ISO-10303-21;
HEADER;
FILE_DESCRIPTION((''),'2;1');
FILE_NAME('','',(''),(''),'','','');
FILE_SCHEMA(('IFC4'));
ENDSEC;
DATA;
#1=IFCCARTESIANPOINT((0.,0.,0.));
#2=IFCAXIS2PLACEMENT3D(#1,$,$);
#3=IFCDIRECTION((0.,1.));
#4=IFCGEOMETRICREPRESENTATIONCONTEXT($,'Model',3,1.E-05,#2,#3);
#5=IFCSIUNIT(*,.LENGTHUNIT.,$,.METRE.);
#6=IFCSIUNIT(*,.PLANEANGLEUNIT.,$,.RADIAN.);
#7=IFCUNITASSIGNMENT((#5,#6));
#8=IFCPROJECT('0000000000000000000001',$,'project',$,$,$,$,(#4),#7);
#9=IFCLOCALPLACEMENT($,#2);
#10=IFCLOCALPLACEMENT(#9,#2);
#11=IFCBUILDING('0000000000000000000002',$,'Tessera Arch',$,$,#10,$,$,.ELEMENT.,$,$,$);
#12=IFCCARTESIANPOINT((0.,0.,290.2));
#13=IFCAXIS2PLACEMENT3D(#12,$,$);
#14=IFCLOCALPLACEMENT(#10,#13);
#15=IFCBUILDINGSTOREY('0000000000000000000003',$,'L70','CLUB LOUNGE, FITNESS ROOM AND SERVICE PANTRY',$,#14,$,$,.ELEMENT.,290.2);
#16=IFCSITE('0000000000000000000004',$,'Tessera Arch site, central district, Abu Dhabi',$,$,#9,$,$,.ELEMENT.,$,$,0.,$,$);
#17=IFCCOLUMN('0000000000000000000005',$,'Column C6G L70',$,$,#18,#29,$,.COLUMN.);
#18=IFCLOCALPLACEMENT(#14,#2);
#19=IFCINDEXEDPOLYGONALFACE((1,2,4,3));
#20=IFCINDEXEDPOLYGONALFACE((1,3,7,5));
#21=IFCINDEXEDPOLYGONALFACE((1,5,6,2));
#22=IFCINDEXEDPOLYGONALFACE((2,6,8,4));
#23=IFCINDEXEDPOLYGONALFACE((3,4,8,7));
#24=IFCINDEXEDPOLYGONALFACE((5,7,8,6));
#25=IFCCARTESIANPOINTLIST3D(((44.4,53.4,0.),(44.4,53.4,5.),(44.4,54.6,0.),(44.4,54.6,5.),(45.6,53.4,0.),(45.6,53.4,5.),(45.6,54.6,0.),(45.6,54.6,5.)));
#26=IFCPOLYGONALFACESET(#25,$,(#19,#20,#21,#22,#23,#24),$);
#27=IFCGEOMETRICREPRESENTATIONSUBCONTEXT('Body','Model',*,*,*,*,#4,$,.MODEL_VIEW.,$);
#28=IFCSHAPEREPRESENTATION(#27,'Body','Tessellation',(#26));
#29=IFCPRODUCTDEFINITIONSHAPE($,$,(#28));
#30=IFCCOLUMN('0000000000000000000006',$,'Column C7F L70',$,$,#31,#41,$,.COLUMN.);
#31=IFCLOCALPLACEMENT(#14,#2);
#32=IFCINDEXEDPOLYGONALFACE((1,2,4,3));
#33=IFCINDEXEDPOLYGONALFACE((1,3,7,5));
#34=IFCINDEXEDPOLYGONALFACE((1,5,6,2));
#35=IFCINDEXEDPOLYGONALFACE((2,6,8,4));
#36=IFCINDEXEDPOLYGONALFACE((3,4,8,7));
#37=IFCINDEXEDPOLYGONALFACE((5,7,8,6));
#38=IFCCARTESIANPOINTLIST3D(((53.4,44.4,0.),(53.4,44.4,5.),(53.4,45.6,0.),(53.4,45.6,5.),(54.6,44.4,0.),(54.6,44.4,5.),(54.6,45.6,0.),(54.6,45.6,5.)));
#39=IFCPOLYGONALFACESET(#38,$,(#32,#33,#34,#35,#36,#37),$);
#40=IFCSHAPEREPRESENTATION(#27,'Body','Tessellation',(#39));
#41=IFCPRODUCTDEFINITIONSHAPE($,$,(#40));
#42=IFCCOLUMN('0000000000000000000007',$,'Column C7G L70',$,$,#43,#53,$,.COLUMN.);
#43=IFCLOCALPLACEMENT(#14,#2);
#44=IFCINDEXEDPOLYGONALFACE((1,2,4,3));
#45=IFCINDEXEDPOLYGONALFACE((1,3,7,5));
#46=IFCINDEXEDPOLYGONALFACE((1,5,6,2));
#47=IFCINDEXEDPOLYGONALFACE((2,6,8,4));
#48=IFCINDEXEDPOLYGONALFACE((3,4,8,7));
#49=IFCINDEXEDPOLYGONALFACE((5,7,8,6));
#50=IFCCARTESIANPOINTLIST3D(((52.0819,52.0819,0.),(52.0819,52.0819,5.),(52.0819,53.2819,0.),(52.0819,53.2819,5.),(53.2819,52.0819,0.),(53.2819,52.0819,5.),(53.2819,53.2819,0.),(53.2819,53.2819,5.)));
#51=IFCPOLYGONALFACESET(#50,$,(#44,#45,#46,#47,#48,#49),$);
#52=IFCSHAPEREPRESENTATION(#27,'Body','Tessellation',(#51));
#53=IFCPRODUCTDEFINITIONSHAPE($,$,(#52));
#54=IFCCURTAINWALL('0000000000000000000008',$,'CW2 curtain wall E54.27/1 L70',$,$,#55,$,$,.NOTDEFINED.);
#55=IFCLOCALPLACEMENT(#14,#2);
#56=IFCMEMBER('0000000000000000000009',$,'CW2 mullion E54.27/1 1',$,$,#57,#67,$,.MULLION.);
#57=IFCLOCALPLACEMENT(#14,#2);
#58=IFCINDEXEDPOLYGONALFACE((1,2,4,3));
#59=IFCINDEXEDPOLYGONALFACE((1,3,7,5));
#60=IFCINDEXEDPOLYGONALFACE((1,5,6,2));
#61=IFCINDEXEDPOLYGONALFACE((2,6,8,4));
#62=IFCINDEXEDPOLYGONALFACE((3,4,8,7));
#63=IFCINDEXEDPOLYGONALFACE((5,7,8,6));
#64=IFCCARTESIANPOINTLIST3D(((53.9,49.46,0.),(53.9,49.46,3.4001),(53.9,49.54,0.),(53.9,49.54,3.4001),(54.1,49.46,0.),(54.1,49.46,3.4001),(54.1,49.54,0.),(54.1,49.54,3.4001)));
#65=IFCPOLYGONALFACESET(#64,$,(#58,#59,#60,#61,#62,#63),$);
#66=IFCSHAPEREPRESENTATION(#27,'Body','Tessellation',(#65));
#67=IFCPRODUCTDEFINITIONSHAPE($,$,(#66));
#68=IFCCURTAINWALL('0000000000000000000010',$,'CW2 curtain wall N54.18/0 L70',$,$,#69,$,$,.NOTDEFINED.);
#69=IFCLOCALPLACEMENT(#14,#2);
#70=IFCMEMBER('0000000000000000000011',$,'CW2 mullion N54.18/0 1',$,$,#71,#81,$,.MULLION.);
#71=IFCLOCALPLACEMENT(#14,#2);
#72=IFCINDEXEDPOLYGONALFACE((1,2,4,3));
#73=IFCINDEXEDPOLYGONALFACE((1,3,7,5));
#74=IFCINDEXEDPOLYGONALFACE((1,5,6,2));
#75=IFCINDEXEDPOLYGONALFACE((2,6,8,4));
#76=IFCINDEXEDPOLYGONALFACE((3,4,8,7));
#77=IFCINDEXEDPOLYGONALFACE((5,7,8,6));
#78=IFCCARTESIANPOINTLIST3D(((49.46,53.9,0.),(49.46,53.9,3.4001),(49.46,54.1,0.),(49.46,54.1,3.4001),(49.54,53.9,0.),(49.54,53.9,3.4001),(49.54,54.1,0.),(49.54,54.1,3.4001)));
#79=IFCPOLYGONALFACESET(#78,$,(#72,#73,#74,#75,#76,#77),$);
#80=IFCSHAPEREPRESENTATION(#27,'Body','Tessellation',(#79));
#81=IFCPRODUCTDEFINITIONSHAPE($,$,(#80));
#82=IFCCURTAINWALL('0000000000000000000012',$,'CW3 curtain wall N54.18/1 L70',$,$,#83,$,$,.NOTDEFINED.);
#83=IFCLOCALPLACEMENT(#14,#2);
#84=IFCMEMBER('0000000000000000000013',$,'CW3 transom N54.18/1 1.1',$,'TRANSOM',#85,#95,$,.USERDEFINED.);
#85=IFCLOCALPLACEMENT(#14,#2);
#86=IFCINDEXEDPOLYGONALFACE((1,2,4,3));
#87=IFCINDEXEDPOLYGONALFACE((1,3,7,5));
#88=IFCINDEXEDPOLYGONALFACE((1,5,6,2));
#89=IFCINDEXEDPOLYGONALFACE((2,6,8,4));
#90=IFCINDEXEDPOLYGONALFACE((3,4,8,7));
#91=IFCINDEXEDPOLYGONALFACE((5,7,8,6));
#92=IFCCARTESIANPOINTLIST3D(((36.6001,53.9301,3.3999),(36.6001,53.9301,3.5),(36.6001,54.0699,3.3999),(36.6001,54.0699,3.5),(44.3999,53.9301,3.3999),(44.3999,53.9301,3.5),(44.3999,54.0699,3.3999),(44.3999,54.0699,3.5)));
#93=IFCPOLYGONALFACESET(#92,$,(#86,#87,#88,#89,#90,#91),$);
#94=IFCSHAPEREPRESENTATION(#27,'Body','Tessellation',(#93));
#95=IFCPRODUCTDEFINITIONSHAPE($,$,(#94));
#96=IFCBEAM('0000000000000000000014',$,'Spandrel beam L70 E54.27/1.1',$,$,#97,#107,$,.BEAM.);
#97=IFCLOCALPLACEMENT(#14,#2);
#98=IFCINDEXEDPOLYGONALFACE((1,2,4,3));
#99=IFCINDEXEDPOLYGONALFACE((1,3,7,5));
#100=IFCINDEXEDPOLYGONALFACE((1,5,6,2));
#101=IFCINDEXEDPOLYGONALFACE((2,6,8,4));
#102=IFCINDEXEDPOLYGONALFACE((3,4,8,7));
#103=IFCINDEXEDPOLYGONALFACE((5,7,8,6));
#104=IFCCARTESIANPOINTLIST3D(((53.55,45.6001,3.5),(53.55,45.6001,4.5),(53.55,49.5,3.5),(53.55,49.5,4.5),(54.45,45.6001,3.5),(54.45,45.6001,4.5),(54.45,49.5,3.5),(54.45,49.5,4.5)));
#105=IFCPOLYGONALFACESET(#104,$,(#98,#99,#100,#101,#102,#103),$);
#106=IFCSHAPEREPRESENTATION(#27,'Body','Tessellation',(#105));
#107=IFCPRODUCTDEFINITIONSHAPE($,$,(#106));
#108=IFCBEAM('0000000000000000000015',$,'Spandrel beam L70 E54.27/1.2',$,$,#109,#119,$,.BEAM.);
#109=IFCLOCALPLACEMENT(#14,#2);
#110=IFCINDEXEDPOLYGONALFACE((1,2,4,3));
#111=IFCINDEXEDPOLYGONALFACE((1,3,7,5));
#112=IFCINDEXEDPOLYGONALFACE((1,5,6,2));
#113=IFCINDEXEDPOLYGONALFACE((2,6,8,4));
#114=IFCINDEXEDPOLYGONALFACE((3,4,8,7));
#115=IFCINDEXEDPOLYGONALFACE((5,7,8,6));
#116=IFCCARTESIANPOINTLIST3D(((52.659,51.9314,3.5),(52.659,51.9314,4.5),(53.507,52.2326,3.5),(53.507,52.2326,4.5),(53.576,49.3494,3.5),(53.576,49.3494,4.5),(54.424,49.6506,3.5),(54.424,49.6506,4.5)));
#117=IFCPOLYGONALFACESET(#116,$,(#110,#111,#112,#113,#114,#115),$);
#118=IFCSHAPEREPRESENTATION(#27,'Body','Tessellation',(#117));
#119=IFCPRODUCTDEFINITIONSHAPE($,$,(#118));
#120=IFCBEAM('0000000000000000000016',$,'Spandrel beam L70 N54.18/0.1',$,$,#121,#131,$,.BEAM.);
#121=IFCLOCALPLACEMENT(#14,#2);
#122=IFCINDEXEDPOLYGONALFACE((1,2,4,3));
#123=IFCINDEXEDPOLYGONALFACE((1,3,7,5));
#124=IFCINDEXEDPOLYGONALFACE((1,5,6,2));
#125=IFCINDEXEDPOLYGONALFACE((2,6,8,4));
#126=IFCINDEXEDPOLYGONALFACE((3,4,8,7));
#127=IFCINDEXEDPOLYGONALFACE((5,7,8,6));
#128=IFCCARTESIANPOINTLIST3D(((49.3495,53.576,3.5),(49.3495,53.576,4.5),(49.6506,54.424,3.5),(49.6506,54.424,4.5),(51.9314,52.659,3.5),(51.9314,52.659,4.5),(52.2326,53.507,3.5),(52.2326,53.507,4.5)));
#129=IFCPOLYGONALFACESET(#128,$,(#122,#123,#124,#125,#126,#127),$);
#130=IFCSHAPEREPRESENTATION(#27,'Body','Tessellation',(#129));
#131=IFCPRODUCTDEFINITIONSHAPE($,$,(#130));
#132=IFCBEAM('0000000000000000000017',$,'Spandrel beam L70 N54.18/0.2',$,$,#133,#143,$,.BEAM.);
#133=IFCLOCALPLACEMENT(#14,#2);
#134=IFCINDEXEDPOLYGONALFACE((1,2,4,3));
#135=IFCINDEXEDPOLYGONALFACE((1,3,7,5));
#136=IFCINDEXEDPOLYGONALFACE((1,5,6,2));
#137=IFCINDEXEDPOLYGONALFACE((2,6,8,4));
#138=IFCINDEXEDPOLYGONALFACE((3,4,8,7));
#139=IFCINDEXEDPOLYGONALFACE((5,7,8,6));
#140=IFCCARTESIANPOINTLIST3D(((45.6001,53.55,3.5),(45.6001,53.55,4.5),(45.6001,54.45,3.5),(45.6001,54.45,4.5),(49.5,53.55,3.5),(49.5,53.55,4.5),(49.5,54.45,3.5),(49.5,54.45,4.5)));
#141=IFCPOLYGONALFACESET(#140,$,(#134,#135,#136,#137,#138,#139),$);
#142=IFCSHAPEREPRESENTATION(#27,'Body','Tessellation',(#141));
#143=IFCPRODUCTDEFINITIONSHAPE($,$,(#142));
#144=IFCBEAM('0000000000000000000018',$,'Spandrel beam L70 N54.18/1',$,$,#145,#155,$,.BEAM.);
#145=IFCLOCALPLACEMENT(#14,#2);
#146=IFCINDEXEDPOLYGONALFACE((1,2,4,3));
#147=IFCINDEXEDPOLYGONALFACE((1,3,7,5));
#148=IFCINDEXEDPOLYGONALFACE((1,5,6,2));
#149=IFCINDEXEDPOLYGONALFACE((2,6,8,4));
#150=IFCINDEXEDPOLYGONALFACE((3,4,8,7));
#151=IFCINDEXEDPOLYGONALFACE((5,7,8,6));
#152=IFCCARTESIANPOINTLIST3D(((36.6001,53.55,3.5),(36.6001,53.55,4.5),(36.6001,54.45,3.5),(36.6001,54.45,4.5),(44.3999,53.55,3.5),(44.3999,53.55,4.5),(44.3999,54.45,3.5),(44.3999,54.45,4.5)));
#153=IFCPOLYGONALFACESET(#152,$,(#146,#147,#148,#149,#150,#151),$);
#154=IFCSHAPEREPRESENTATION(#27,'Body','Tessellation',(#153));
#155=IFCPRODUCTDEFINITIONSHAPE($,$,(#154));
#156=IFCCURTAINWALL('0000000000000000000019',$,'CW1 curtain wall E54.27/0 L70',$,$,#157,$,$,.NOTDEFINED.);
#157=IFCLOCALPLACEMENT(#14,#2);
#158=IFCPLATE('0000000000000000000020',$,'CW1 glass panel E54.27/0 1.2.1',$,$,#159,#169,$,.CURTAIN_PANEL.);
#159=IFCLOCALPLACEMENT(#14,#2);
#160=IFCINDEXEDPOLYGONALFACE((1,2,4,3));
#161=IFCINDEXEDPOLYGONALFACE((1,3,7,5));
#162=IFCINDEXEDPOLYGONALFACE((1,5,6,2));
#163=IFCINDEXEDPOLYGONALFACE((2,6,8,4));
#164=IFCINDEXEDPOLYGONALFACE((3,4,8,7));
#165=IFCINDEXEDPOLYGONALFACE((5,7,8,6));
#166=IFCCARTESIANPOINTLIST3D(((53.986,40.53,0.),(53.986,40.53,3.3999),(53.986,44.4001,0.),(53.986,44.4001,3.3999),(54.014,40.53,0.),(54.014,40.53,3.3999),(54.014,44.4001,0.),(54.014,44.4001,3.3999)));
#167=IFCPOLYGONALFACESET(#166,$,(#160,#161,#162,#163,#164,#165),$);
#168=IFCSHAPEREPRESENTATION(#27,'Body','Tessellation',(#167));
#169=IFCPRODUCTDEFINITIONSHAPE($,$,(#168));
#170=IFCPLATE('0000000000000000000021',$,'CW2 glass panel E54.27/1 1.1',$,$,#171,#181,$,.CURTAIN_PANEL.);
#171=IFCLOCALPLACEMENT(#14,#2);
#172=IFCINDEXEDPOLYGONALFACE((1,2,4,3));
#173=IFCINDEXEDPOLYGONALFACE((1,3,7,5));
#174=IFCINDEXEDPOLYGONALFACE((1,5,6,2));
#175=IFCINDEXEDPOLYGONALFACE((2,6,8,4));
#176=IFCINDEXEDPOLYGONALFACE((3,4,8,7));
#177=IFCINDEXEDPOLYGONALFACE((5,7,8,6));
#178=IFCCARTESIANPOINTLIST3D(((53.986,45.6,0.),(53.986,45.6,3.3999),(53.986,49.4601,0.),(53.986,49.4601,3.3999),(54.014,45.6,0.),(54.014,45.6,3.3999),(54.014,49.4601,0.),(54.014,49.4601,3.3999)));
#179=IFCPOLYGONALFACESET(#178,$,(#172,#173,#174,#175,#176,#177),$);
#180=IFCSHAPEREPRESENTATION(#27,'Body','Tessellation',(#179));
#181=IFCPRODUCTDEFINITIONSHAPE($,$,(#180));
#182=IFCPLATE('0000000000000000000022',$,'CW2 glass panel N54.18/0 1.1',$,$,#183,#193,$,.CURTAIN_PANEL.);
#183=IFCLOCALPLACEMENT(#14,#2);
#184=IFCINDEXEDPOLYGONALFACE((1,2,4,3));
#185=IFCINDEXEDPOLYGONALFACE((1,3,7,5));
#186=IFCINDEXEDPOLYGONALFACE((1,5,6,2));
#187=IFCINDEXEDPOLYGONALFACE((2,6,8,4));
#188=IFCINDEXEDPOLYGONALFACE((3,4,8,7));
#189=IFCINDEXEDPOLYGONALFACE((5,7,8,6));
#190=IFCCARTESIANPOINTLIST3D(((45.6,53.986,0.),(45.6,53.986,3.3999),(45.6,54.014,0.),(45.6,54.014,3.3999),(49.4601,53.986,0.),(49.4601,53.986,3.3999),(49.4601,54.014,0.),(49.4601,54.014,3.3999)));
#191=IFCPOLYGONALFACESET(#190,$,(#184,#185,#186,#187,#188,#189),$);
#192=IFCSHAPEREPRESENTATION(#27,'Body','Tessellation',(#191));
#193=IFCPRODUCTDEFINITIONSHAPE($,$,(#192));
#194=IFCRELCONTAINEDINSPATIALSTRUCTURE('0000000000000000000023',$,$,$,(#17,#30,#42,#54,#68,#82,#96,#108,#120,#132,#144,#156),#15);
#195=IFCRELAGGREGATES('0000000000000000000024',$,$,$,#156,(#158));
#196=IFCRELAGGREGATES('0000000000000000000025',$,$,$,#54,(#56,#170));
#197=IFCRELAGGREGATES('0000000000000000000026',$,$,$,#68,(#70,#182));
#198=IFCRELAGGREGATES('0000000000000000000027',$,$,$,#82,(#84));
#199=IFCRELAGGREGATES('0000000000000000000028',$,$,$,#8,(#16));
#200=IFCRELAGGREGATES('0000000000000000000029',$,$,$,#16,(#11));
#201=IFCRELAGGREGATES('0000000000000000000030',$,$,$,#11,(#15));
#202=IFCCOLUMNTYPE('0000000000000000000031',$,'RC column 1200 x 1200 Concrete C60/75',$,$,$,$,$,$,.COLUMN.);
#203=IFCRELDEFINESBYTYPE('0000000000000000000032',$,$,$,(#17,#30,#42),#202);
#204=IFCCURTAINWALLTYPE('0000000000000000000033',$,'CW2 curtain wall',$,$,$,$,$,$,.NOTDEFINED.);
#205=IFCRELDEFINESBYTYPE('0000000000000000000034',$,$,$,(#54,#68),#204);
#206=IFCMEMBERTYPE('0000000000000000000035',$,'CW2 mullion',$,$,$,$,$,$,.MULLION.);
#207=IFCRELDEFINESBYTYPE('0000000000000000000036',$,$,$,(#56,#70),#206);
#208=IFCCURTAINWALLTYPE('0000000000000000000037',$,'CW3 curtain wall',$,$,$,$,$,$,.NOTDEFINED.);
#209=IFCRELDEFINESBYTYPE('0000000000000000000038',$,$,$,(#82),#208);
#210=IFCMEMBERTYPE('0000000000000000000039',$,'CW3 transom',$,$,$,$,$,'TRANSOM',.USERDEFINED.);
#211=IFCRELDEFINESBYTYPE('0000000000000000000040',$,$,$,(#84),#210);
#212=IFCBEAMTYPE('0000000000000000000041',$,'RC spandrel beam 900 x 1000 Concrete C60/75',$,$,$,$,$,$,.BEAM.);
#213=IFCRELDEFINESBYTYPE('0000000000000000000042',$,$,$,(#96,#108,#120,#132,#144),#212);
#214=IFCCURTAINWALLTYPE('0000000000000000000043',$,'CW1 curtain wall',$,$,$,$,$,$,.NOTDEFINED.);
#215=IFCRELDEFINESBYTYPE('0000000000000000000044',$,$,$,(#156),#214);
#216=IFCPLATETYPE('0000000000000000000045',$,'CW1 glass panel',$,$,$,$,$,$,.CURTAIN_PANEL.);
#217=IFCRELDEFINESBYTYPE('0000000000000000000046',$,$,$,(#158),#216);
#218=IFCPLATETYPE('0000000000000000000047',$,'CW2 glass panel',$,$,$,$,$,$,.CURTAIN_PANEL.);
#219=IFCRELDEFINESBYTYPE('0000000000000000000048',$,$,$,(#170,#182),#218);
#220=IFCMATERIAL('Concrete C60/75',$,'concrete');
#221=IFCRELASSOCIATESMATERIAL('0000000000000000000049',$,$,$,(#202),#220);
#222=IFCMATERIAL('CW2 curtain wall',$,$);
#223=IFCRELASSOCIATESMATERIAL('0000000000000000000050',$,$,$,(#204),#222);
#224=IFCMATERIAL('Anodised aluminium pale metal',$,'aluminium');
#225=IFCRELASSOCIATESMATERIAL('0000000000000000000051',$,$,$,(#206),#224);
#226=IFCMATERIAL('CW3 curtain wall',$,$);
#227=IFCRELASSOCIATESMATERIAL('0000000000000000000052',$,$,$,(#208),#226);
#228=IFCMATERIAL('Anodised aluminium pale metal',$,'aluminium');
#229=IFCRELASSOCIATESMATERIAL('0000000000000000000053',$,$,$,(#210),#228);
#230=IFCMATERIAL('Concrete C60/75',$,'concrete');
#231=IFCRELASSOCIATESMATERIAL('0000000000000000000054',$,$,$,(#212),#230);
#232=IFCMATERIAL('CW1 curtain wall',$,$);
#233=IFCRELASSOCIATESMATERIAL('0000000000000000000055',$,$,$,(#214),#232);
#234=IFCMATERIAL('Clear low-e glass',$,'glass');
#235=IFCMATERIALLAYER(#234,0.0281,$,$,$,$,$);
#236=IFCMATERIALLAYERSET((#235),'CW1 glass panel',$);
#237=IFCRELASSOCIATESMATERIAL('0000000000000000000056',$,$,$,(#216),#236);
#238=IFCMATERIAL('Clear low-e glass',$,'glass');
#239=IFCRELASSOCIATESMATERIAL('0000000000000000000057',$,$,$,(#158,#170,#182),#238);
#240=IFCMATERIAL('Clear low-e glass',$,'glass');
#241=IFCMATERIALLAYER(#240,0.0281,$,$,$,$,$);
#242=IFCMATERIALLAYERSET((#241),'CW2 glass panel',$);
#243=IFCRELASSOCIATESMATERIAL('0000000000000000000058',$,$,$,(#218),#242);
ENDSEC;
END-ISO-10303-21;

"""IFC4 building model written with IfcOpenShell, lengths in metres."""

from ifc_helpers import new_model, si_unit, direction, frame, origin, origin_2d, place, context, subcontext, project, spatial, rectangle, extrude, material, layer, layer_set, material_profile, profile_set, type_object, element, aggregate, save


model = new_model("IFC4")

# Units and contexts
model_context = context("Model", 3, precision=1e-05, world=origin(), true_north=direction((0.0, 1.0)))
body_context = subcontext(model_context, "Body", "Model", "MODEL_VIEW")
ifc_project = project(units=[si_unit("LENGTHUNIT", "METRE"), si_unit("PLANEANGLEUNIT", "RADIAN")], contexts=[model_context])

# Site, building, storey
site_placement = place(None, origin())
site = spatial("IfcSite", under=ifc_project, at=site_placement, Name="Tessera Arch site, central district, Abu Dhabi", CompositionType="ELEMENT", RefElevation=0.0)
building_placement = place(site_placement, origin())
building = spatial("IfcBuilding", under=site, at=building_placement, Name="Tessera Arch", CompositionType="ELEMENT")
storey_placement = place(building_placement, frame((0.0, 0.0, 290.2)))
storey = spatial("IfcBuildingStorey", under=building, at=storey_placement, Name="L70", Description="CLUB LOUNGE, FITNESS ROOM AND SERVICE PANTRY", CompositionType="ELEMENT", Elevation=290.2)

# Columns
ifc_material_1 = material(Name="Concrete C60/75", Category="concrete")
ifc_material_profile_1 = material_profile(ifc_material_1, rectangle(XDim=1.2, YDim=1.2, at=origin_2d()), Name="RC column 1200 x 1200 Concrete C60/75")
ifc_profile_set_1 = profile_set([ifc_material_profile_1], Name="Concrete C60/75")
column_type = type_object("IfcColumnType", Name="RC column 1200 x 1200 Concrete C60/75", PredefinedType="COLUMN", material=ifc_profile_set_1)
for number, where, z_axis, x_axis, name in (
    (1, (45.0, 54.0, 0.0), (0.0, 0.0, 1.0), (1.0, 0.0, 0.0), "Column C6G L70"),
    (2, (54.0, 45.0, 0.0), (0.0, 0.0, 1.0), (1.0, 0.0, 0.0), "Column C7F L70"),
    (3, (52.6819, 52.6819, 0.0), (0.0, 0.0, 1.0), (1.0, 0.0, 0.0), "Column C7G L70"),
):
    element("IfcColumn", number, at=place(storey_placement, frame(where, z_axis=z_axis, x_axis=x_axis)), inside=storey, type_object=column_type, Name=name, PredefinedType="COLUMN", context=body_context, shape_type="SweptSolid", body=[
        extrude(rectangle(XDim=1.2, YDim=1.2, at=origin_2d()), origin(), (0.0, 0.0, 1.0), 5.0),
    ])

# Curtain walls, members
ifc_material_2 = material(Name="CW2 curtain wall")
curtain_wall_type_1 = type_object("IfcCurtainWallType", Name="CW2 curtain wall", PredefinedType="NOTDEFINED", material=ifc_material_2)
curtain_wall_1_placement = place(storey_placement, origin())
curtain_wall_1 = element("IfcCurtainWall", 4, at=curtain_wall_1_placement, inside=storey, type_object=curtain_wall_type_1, Name="CW2 curtain wall E54.27/1 L70", PredefinedType="NOTDEFINED")
ifc_material_3 = material(Name="Anodised aluminium pale metal", Category="aluminium")
ifc_material_profile_2 = material_profile(ifc_material_3, rectangle(XDim=0.2, YDim=0.0801, at=origin_2d()), Name="AL 80x200")
ifc_profile_set_2 = profile_set([ifc_material_profile_2], Name="Anodised aluminium pale metal")
member_type_1 = type_object("IfcMemberType", Name="CW2 mullion", PredefinedType="MULLION", material=ifc_profile_set_2)
member_1_placement = place(storey_placement, frame((54.0, 49.5, 0.0), z_axis=(0.0, 0.0, 1.0), x_axis=(-1.0, 0.0, 0.0)))
member_1 = element("IfcMember", 5, at=member_1_placement, type_object=member_type_1, Name="CW2 mullion E54.27/1 1", PredefinedType="MULLION", context=body_context, shape_type="SweptSolid", body=[
    extrude(rectangle(XDim=0.2, YDim=0.0801, at=origin_2d()), origin(), (0.0, 0.0, 1.0), 3.4001),
])
curtain_wall_2_placement = place(storey_placement, origin())
curtain_wall_2 = element("IfcCurtainWall", 6, at=curtain_wall_2_placement, inside=storey, type_object=curtain_wall_type_1, Name="CW2 curtain wall N54.18/0 L70", PredefinedType="NOTDEFINED")
member_2_placement = place(storey_placement, frame((49.5, 54.0, 0.0), z_axis=(0.0, 0.0, 1.0), x_axis=(0.0, -1.0, 0.0)))
member_2 = element("IfcMember", 7, at=member_2_placement, type_object=member_type_1, Name="CW2 mullion N54.18/0 1", PredefinedType="MULLION", context=body_context, shape_type="SweptSolid", body=[
    extrude(rectangle(XDim=0.2, YDim=0.0801, at=origin_2d()), origin(), (0.0, 0.0, 1.0), 3.4001),
])
ifc_material_4 = material(Name="CW3 curtain wall")
curtain_wall_type_2 = type_object("IfcCurtainWallType", Name="CW3 curtain wall", PredefinedType="NOTDEFINED", material=ifc_material_4)
curtain_wall_3_placement = place(storey_placement, origin())
curtain_wall_3 = element("IfcCurtainWall", 8, at=curtain_wall_3_placement, inside=storey, type_object=curtain_wall_type_2, Name="CW3 curtain wall N54.18/1 L70", PredefinedType="NOTDEFINED")
ifc_material_5 = material(Name="Anodised aluminium pale metal", Category="aluminium")
ifc_material_profile_3 = material_profile(ifc_material_5, rectangle(XDim=0.1399, YDim=0.1001, at=origin_2d()), Name="AL 140x100")
ifc_profile_set_3 = profile_set([ifc_material_profile_3], Name="Anodised aluminium pale metal")
member_type_2 = type_object("IfcMemberType", Name="CW3 transom", ElementType="TRANSOM", PredefinedType="USERDEFINED", material=ifc_profile_set_3)
member_3_placement = place(storey_placement, frame((44.3999, 54.0, 3.45), z_axis=(-1.0, 0.0, 0.0), x_axis=(0.0, -1.0, 0.0)))
member_3 = element("IfcMember", 9, at=member_3_placement, type_object=member_type_2, Name="CW3 transom N54.18/1 1.1", ObjectType="TRANSOM", PredefinedType="USERDEFINED", context=body_context, shape_type="SweptSolid", body=[
    extrude(rectangle(XDim=0.1399, YDim=0.1001, at=origin_2d()), origin(), (0.0, 0.0, 1.0), 7.7998),
])

# Beams
ifc_material_6 = material(Name="Concrete C60/75", Category="concrete")
ifc_material_profile_4 = material_profile(ifc_material_6, rectangle(XDim=0.8999, YDim=1.0, at=origin_2d()), Name="RC spandrel beam 900 x 1000 Concrete C60/75")
ifc_profile_set_4 = profile_set([ifc_material_profile_4], Name="Concrete C60/75")
beam_type = type_object("IfcBeamType", Name="RC spandrel beam 900 x 1000 Concrete C60/75", PredefinedType="BEAM", material=ifc_profile_set_4)
beam_1_placement = place(storey_placement, frame((54.0, 45.6001, 4.0), z_axis=(0.0, 1.0, 0.0), x_axis=(-1.0, 0.0, 0.0)))
element("IfcBeam", 10, at=beam_1_placement, inside=storey, type_object=beam_type, Name="Spandrel beam L70 E54.27/1.1", PredefinedType="BEAM", context=body_context, shape_type="SweptSolid", body=[
    extrude(rectangle(XDim=0.8999, YDim=1.0, at=origin_2d()), origin(), (0.0, 0.0, 1.0), 3.8999),
])
for number, where, z_axis, x_axis, name in (
    (11, (54.0, 49.5, 4.0), (-0.334665, 0.942337, 0.0), (-0.942337, -0.334665, 0.0), "Spandrel beam L70 E54.27/1.2"),
    (12, (52.082, 53.083, 4.0), (-0.942337, 0.334665, 0.0), (-0.334665, -0.942337, 0.0), "Spandrel beam L70 N54.18/0.1"),
):
    element("IfcBeam", number, at=place(storey_placement, frame(where, z_axis=z_axis, x_axis=x_axis)), inside=storey, type_object=beam_type, Name=name, PredefinedType="BEAM", context=body_context, shape_type="SweptSolid", body=[
        extrude(rectangle(XDim=0.8999, YDim=1.0, at=origin_2d()), origin(), (0.0, 0.0, 1.0), 2.74),
    ])
beam_2_placement = place(storey_placement, frame((49.5, 54.0, 4.0), z_axis=(-1.0, 0.0, 0.0), x_axis=(0.0, -1.0, 0.0)))
element("IfcBeam", 13, at=beam_2_placement, inside=storey, type_object=beam_type, Name="Spandrel beam L70 N54.18/0.2", PredefinedType="BEAM", context=body_context, shape_type="SweptSolid", body=[
    extrude(rectangle(XDim=0.8999, YDim=1.0, at=origin_2d()), origin(), (0.0, 0.0, 1.0), 3.8999),
])
beam_3_placement = place(storey_placement, frame((44.3999, 54.0, 4.0), z_axis=(-1.0, 0.0, 0.0), x_axis=(0.0, -1.0, 0.0)))
element("IfcBeam", 14, at=beam_3_placement, inside=storey, type_object=beam_type, Name="Spandrel beam L70 N54.18/1", PredefinedType="BEAM", context=body_context, shape_type="SweptSolid", body=[
    extrude(rectangle(XDim=0.8999, YDim=1.0, at=origin_2d()), origin(), (0.0, 0.0, 1.0), 7.7998),
])

# Curtain wall, plate
ifc_material_7 = material(Name="CW1 curtain wall")
curtain_wall_type_3 = type_object("IfcCurtainWallType", Name="CW1 curtain wall", PredefinedType="NOTDEFINED", material=ifc_material_7)
curtain_wall_4_placement = place(storey_placement, origin())
curtain_wall_4 = element("IfcCurtainWall", 15, at=curtain_wall_4_placement, inside=storey, type_object=curtain_wall_type_3, Name="CW1 curtain wall E54.27/0 L70", PredefinedType="NOTDEFINED")
ifc_material_8 = material(Name="Clear low-e glass", Category="glass")
ifc_material_9 = material(Name="Clear low-e glass", Category="glass")
ifc_layer_1 = layer(ifc_material_9, 0.0281)
ifc_layer_set_1 = layer_set([ifc_layer_1], Name="CW1 glass panel")
plate_type_1 = type_object("IfcPlateType", Name="CW1 glass panel", PredefinedType="CURTAIN_PANEL", material=ifc_layer_set_1)
plate_1_placement = place(storey_placement, frame((54.0, 42.4651, 0.0), z_axis=(0.0, 0.0, 1.0), x_axis=(0.0, 1.0, 0.0)))
plate_1 = element("IfcPlate", 16, at=plate_1_placement, type_object=plate_type_1, material=ifc_material_8, Name="CW1 glass panel E54.27/0 1.2.1", PredefinedType="CURTAIN_PANEL", context=body_context, shape_type="SweptSolid", body=[
    extrude(rectangle(XDim=3.8701, YDim=0.0281, at=origin_2d()), origin(), (0.0, 0.0, 1.0), 3.3999),
])
aggregate(curtain_wall_4, [plate_1])

# Plates
ifc_material_10 = material(Name="Clear low-e glass", Category="glass")
ifc_layer_2 = layer(ifc_material_10, 0.0281)
ifc_layer_set_2 = layer_set([ifc_layer_2], Name="CW2 glass panel")
plate_type_2 = type_object("IfcPlateType", Name="CW2 glass panel", PredefinedType="CURTAIN_PANEL", material=ifc_layer_set_2)
plate_2_placement = place(storey_placement, frame((54.0, 47.53, 0.0), z_axis=(0.0, 0.0, 1.0), x_axis=(0.0, 1.0, 0.0)))
plate_2 = element("IfcPlate", 17, at=plate_2_placement, type_object=plate_type_2, material=ifc_material_8, Name="CW2 glass panel E54.27/1 1.1", PredefinedType="CURTAIN_PANEL", context=body_context, shape_type="SweptSolid", body=[
    extrude(rectangle(XDim=3.8601, YDim=0.0281, at=origin_2d()), origin(), (0.0, 0.0, 1.0), 3.3999),
])
aggregate(curtain_wall_1, [member_1, plate_2])
plate_3_placement = place(storey_placement, frame((47.53, 54.0, 0.0), z_axis=(0.0, 0.0, 1.0), x_axis=(-1.0, 0.0, 0.0)))
plate_3 = element("IfcPlate", 18, at=plate_3_placement, type_object=plate_type_2, material=ifc_material_8, Name="CW2 glass panel N54.18/0 1.1", PredefinedType="CURTAIN_PANEL", context=body_context, shape_type="SweptSolid", body=[
    extrude(rectangle(XDim=3.8601, YDim=0.0281, at=origin_2d()), origin(), (0.0, 0.0, 1.0), 3.3999),
])
aggregate(curtain_wall_2, [member_2, plate_3])
aggregate(curtain_wall_3, [member_3])

save(model, "model.ifc")
